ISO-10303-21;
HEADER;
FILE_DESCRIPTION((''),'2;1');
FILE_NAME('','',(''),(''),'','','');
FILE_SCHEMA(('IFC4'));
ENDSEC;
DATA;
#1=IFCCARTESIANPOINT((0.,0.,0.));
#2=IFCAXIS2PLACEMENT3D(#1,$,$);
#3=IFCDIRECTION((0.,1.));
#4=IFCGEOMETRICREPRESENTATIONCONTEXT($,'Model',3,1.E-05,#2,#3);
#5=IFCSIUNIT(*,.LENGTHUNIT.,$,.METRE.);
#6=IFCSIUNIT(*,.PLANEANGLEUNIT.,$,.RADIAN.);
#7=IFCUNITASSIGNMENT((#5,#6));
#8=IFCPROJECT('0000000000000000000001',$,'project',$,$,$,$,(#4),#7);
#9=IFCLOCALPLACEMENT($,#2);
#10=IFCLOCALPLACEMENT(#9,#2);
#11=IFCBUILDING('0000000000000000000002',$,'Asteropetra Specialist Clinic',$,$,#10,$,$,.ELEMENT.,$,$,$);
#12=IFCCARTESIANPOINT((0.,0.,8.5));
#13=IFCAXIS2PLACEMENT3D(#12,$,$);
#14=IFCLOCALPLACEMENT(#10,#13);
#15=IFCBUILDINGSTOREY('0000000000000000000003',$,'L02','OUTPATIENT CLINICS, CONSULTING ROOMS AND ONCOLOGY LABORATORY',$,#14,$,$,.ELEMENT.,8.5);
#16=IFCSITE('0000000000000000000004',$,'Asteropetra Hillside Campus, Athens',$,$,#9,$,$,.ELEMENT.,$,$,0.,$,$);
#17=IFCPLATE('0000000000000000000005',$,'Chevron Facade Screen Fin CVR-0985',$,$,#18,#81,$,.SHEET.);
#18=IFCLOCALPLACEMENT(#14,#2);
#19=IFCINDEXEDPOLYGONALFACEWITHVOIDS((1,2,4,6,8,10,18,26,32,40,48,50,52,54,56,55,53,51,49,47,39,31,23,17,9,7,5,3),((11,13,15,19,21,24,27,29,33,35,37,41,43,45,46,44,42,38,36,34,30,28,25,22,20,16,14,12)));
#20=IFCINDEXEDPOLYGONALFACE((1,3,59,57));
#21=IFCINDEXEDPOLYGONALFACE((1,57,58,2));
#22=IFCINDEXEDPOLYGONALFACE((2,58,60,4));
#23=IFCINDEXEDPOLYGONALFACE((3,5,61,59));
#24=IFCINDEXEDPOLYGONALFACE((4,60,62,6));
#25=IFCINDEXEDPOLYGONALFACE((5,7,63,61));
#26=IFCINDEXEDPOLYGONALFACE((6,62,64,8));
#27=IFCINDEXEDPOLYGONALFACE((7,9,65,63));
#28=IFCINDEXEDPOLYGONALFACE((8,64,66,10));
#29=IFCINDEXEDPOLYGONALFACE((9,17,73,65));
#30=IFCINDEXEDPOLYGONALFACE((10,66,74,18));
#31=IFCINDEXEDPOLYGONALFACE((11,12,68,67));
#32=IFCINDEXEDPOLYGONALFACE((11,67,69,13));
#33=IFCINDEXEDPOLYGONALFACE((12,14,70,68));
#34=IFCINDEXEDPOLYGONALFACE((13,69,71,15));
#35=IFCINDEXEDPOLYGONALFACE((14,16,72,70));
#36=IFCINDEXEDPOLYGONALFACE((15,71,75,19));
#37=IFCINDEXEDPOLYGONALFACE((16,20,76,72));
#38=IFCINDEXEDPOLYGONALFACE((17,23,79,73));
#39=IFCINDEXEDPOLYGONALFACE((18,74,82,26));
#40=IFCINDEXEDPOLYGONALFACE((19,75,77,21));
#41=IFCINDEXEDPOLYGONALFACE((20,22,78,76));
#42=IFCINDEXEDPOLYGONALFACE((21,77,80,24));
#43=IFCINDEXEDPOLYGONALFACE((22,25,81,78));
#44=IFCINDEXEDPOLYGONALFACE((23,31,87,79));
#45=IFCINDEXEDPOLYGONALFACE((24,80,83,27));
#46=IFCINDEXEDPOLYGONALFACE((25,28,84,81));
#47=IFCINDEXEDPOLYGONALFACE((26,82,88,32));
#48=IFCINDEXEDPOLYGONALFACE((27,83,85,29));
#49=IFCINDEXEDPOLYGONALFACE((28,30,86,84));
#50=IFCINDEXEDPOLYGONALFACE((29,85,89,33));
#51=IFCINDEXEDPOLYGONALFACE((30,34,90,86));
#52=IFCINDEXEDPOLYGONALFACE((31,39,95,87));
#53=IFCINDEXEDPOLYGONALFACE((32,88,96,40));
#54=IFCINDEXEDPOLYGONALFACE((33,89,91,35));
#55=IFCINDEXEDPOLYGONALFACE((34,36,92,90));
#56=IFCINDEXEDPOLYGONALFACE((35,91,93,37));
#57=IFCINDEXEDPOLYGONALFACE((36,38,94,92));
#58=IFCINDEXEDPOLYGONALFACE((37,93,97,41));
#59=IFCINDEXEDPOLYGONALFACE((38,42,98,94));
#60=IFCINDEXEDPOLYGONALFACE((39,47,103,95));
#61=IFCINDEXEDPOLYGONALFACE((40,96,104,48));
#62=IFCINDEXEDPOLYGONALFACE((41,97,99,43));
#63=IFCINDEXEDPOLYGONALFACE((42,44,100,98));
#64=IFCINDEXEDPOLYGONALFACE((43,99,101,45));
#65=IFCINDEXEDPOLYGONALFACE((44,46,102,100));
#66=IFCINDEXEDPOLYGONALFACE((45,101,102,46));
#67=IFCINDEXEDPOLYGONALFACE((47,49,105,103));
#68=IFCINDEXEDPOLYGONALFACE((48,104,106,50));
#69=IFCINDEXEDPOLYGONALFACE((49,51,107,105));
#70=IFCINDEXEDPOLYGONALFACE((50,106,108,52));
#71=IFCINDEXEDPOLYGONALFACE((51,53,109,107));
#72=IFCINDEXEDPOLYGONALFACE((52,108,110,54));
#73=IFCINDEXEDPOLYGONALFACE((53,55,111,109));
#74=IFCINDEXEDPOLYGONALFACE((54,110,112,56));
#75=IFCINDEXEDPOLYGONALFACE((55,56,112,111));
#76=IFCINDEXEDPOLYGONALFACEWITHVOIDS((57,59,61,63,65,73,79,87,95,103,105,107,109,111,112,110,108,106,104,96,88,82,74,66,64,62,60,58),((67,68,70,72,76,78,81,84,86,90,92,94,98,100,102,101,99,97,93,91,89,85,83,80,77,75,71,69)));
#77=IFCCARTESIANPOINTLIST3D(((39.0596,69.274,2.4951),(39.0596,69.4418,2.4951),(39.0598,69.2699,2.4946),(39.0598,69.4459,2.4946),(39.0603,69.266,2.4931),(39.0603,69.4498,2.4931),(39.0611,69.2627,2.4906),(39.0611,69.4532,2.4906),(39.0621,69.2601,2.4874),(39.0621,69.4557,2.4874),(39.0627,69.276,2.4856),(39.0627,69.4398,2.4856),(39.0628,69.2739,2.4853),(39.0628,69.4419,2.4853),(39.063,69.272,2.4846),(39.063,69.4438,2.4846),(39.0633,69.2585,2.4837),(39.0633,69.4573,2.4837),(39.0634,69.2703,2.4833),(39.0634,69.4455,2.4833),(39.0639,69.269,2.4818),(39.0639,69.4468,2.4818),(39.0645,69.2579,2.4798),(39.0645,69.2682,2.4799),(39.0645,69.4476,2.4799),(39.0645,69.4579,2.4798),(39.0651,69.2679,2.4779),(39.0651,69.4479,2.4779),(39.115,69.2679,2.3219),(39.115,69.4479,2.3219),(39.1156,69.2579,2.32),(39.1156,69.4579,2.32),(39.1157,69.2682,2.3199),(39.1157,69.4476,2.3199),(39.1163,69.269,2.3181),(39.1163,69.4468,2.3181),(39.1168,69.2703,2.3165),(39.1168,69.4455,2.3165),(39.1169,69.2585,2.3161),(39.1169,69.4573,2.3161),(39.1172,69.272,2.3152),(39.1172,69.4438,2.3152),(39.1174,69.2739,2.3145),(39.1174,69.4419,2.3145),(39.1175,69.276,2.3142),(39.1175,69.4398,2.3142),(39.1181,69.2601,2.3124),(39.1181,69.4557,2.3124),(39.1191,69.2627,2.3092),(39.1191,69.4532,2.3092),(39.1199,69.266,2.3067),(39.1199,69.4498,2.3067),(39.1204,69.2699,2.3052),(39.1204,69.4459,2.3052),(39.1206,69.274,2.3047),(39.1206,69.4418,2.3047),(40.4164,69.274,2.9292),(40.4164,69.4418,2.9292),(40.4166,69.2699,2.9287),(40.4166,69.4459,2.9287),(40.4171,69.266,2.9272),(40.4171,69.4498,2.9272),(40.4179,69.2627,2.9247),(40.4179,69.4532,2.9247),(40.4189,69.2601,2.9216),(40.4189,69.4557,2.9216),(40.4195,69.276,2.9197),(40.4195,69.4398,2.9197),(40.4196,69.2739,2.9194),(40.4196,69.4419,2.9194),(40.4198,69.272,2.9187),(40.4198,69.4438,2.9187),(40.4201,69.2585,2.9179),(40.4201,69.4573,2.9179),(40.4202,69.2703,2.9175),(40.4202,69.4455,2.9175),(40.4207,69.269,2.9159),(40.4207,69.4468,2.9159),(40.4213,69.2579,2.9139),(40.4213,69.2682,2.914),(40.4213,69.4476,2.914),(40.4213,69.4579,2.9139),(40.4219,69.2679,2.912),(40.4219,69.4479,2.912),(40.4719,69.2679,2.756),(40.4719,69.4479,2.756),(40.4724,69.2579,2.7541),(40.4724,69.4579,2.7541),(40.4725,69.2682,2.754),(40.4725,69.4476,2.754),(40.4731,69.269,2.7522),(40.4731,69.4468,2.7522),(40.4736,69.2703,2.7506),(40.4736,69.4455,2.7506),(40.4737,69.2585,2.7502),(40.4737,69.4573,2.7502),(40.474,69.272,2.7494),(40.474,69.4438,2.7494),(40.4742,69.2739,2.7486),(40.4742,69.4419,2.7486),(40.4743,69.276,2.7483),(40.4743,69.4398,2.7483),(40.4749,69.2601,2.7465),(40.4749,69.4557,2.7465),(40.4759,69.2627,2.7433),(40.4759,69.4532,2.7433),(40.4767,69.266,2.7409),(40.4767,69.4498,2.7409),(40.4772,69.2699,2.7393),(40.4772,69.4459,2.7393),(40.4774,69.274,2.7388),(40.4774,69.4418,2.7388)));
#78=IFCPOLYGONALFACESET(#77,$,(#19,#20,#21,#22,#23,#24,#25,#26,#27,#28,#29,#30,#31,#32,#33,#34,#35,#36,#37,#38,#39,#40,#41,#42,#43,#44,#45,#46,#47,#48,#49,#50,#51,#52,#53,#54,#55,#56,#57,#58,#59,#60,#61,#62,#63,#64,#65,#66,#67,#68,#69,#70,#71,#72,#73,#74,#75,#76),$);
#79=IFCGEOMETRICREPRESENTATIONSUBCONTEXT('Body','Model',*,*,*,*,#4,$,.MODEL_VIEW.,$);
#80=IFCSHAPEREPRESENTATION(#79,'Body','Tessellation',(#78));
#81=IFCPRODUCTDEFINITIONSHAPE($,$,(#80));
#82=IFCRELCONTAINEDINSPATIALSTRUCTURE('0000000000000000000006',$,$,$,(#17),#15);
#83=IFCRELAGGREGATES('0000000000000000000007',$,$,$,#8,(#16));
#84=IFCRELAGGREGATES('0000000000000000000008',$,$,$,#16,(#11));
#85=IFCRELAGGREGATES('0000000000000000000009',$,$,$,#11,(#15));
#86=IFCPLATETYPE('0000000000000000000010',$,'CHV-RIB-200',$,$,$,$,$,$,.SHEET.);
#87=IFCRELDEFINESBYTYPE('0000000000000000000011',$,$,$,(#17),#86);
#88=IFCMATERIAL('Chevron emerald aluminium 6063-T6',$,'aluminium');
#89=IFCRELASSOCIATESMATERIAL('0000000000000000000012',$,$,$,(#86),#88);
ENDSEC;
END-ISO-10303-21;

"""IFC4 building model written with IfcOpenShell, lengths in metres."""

from ifc_helpers import new_model, si_unit, direction, frame, origin, origin_2d, place, context, subcontext, project, spatial, hollow_rectangle, extrude, material, material_profile, profile_set, type_object, element, save


model = new_model("IFC4")

# Units and contexts
model_context = context("Model", 3, precision=1e-05, world=origin(), true_north=direction((0.0, 1.0)))
body_context = subcontext(model_context, "Body", "Model", "MODEL_VIEW")
ifc_project = project(units=[si_unit("LENGTHUNIT", "METRE"), si_unit("PLANEANGLEUNIT", "RADIAN")], contexts=[model_context])

# Site, building, storey
site_placement = place(None, origin())
site = spatial("IfcSite", under=ifc_project, at=site_placement, Name="Asteropetra Hillside Campus, Athens", CompositionType="ELEMENT", RefElevation=0.0)
building_placement = place(site_placement, origin())
building = spatial("IfcBuilding", under=site, at=building_placement, Name="Asteropetra Specialist Clinic", CompositionType="ELEMENT")
storey_placement = place(building_placement, frame((0.0, 0.0, 8.5)))
storey = spatial("IfcBuildingStorey", under=building, at=storey_placement, Name="L02", Description="OUTPATIENT CLINICS, CONSULTING ROOMS AND ONCOLOGY LABORATORY", CompositionType="ELEMENT", Elevation=8.5)

# Plate
ifc_material = material(Name="Chevron emerald aluminium 6063-T6", Category="aluminium")
ifc_material_profile = material_profile(ifc_material, hollow_rectangle(XDim=0.2, YDim=0.2, WallThickness=0.01, InnerFilletRadius=0.0081, OuterFilletRadius=0.0161, at=origin_2d()), Name="SHS 200x200x10.0")
ifc_profile_set = profile_set([ifc_material_profile], Name="Chevron emerald aluminium 6063-T6")
plate_type = type_object("IfcPlateType", Name="CHV-RIB-200", PredefinedType="SHEET", material=ifc_profile_set)
plate_1_placement = place(storey_placement, frame((39.0901, 69.3579, 2.3999), z_axis=(0.952436, 0.0, 0.304738), x_axis=(0.0, 1.0, 0.0)))
element("IfcPlate", 1, at=plate_1_placement, inside=storey, type_object=plate_type, Name="Chevron Facade Screen Fin CVR-0985", PredefinedType="SHEET", context=body_context, shape_type="SweptSolid", body=[
    extrude(hollow_rectangle(XDim=0.2, YDim=0.2, WallThickness=0.01, InnerFilletRadius=0.0081, OuterFilletRadius=0.0161, at=origin_2d()), origin(), (0.0, 0.0, 1.0), 1.4246),
])

save(model, "model.ifc")
